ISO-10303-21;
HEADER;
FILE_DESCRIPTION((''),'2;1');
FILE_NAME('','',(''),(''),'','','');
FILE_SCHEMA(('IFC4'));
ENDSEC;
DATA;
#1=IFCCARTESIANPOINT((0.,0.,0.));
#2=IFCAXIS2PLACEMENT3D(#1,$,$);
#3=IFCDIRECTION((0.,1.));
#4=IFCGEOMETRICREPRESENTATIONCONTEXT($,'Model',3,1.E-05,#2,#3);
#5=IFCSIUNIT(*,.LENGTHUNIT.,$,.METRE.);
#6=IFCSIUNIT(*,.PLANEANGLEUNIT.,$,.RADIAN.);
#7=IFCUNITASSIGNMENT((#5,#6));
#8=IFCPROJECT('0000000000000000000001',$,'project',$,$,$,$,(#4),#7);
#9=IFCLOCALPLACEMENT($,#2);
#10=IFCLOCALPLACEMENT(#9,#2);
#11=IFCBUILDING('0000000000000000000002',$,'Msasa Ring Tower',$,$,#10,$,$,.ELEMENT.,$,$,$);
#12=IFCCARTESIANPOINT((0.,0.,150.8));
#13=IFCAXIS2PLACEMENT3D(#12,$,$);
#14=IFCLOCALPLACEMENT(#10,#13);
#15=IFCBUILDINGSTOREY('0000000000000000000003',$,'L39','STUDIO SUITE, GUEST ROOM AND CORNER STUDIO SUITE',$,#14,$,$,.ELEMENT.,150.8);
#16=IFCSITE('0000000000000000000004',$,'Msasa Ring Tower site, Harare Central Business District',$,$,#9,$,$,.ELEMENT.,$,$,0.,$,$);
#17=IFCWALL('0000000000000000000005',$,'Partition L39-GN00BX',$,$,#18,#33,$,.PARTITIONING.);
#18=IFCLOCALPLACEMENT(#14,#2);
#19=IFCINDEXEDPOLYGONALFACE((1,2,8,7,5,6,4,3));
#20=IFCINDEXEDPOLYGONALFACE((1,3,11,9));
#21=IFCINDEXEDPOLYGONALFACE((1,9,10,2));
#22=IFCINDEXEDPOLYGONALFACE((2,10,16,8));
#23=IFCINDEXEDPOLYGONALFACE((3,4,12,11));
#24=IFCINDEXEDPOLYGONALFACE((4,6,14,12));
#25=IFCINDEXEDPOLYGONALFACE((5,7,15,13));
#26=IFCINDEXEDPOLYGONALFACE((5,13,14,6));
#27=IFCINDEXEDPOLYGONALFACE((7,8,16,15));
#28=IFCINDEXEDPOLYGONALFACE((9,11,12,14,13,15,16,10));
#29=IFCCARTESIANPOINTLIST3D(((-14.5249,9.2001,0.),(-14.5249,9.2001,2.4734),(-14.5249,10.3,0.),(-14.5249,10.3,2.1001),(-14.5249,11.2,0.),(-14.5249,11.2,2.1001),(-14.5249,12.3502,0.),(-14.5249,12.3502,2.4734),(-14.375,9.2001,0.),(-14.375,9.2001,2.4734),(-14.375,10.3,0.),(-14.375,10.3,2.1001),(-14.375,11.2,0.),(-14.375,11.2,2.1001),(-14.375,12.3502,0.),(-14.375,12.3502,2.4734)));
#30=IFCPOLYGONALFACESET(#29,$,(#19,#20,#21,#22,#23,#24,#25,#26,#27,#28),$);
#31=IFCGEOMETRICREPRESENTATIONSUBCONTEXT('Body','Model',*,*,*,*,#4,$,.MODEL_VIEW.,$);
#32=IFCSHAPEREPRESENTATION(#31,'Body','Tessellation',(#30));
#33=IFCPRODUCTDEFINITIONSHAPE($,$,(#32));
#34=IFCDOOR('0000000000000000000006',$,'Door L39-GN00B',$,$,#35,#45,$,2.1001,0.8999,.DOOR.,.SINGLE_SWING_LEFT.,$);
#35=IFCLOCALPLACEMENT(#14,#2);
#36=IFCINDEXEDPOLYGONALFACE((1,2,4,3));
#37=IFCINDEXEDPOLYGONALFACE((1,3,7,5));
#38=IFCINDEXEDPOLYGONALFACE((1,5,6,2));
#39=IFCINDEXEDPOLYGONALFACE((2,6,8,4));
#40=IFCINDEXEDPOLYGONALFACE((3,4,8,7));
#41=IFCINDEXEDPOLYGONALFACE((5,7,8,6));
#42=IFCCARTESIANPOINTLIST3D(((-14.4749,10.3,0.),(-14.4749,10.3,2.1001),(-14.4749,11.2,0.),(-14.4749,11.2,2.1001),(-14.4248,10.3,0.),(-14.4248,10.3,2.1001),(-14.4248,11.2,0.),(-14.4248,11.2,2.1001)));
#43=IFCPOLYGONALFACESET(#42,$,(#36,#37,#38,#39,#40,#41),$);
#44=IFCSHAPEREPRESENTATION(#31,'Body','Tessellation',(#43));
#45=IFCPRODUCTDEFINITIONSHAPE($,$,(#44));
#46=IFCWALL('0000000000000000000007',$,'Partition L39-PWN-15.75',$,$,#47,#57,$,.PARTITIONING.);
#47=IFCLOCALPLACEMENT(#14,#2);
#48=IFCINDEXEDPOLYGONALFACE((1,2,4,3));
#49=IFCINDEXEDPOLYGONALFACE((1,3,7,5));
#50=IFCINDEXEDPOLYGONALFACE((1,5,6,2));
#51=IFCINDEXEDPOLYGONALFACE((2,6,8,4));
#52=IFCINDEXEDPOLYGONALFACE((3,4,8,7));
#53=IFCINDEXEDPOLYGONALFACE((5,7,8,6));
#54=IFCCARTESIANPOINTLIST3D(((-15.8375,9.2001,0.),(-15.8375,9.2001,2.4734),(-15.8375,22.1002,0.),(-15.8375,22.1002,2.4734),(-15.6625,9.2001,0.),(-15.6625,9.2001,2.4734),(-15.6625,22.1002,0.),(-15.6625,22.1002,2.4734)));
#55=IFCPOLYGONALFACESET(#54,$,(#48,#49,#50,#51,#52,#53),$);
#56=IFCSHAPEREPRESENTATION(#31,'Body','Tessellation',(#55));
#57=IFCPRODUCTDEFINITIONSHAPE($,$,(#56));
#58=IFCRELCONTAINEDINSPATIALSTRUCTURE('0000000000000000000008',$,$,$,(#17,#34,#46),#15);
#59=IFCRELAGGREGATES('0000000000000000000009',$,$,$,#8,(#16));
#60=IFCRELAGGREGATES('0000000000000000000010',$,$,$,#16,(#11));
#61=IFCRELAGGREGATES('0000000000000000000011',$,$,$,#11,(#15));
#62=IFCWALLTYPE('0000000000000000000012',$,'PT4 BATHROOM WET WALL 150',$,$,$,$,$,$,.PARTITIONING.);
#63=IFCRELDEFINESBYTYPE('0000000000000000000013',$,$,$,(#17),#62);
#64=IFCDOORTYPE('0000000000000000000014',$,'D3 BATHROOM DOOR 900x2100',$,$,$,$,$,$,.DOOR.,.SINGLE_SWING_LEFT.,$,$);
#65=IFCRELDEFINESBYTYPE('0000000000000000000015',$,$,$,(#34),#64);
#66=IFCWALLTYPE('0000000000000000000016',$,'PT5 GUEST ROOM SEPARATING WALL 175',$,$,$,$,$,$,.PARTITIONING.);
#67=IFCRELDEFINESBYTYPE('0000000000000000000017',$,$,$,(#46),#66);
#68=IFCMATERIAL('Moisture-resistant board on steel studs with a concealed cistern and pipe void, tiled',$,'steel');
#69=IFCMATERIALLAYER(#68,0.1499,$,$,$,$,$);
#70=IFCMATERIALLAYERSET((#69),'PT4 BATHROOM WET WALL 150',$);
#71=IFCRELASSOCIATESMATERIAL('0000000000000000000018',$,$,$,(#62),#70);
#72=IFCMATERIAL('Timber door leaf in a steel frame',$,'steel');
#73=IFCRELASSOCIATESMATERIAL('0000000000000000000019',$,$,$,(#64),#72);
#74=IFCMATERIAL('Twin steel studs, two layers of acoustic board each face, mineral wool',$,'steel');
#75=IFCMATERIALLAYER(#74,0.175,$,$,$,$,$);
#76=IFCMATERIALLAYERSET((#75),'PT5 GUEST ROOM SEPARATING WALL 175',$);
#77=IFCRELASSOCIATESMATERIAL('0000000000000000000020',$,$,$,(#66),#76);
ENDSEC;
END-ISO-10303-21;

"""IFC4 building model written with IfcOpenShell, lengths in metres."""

from ifc_helpers import new_model, si_unit, direction, frame, frame_2d, origin, place, context, subcontext, project, spatial, rectangle, extrude, material, layer, layer_set, type_object, element, fill, save


model = new_model("IFC4")

# Units and contexts
model_context = context("Model", 3, precision=1e-05, world=origin(), true_north=direction((0.0, 1.0)))
body_context = subcontext(model_context, "Body", "Model", "MODEL_VIEW")
ifc_project = project(units=[si_unit("LENGTHUNIT", "METRE"), si_unit("PLANEANGLEUNIT", "RADIAN")], contexts=[model_context])

# Site, building, storey
site_placement = place(None, origin())
site = spatial("IfcSite", under=ifc_project, at=site_placement, Name="Msasa Ring Tower site, Harare Central Business District", CompositionType="ELEMENT", RefElevation=0.0)
building_placement = place(site_placement, origin())
building = spatial("IfcBuilding", under=site, at=building_placement, Name="Msasa Ring Tower", CompositionType="ELEMENT")
storey_placement = place(building_placement, frame((0.0, 0.0, 150.8)))
storey = spatial("IfcBuildingStorey", under=building, at=storey_placement, Name="L39", Description="STUDIO SUITE, GUEST ROOM AND CORNER STUDIO SUITE", CompositionType="ELEMENT", Elevation=150.8)

# Wall, opening, door
ifc_material_1 = material(Name="Moisture-resistant board on steel studs with a concealed cistern and pipe void, tiled", Category="steel")
ifc_layer_1 = layer(ifc_material_1, 0.1499)
ifc_layer_set_1 = layer_set([ifc_layer_1], Name="PT4 BATHROOM WET WALL 150")
wall_type_1 = type_object("IfcWallType", Name="PT4 BATHROOM WET WALL 150", PredefinedType="PARTITIONING", material=ifc_layer_set_1)
wall_1_placement = place(storey_placement, frame((-14.45, 9.2, 0.0), z_axis=(0.0, 0.0, 1.0), x_axis=(0.0, 1.0, 0.0)))
wall_1 = element("IfcWall", 1, at=wall_1_placement, inside=storey, type_object=wall_type_1, Name="Partition L39-GN00BX", PredefinedType="PARTITIONING", context=body_context, shape_type="SweptSolid", body=[
    extrude(rectangle(XDim=3.1501, YDim=0.1499, at=frame_2d((1.5752, 0.0))), origin(), (0.0, 0.0, 1.0), 2.4734),
])
opening_1_placement = place(wall_1_placement, frame((1.1001, 0.0, 0.0)))
opening_1 = element("IfcOpeningElement", 2, at=opening_1_placement, cuts=wall_1, PredefinedType="OPENING", context=body_context, shape_type="SweptSolid", body=[
    extrude(rectangle(XDim=0.8999, YDim=2.1001, at=frame_2d((0.45, 1.05))), frame((0.0, 0.085, 0.0), z_axis=(0.0, -1.0, 0.0), x_axis=(1.0, 0.0, 0.0)), (0.0, 0.0, 1.0), 0.1699),
])
ifc_material_2 = material(Name="Timber door leaf in a steel frame", Category="steel")
door_type_1 = type_object("IfcDoorType", Name="D3 BATHROOM DOOR 900x2100", OperationType="SINGLE_SWING_LEFT", PredefinedType="DOOR", material=ifc_material_2)
door_1_placement = place(opening_1_placement, origin())
door_1 = element("IfcDoor", 3, at=door_1_placement, inside=storey, type_object=door_type_1, Name="Door L39-GN00B", OperationType="SINGLE_SWING_LEFT", OverallHeight=2.1001, OverallWidth=0.8999, PredefinedType="DOOR", context=body_context, shape_type="SweptSolid", body=[
    extrude(rectangle(XDim=0.8999, YDim=2.1001, at=frame_2d((0.45, 1.05))), frame((0.0, 0.0249, 0.0), z_axis=(0.0, -1.0, 0.0), x_axis=(1.0, 0.0, 0.0)), (0.0, 0.0, 1.0), 0.05),
])
fill(opening_1, door_1)

# Wall
ifc_material_3 = material(Name="Twin steel studs, two layers of acoustic board each face, mineral wool", Category="steel")
ifc_layer_2 = layer(ifc_material_3, 0.175)
ifc_layer_set_2 = layer_set([ifc_layer_2], Name="PT5 GUEST ROOM SEPARATING WALL 175")
wall_type_2 = type_object("IfcWallType", Name="PT5 GUEST ROOM SEPARATING WALL 175", PredefinedType="PARTITIONING", material=ifc_layer_set_2)
wall_2_placement = place(storey_placement, frame((-15.75, 9.2, 0.0), z_axis=(0.0, 0.0, 1.0), x_axis=(0.0, 1.0, 0.0)))
element("IfcWall", 4, at=wall_2_placement, inside=storey, type_object=wall_type_2, Name="Partition L39-PWN-15.75", PredefinedType="PARTITIONING", context=body_context, shape_type="SweptSolid", body=[
    extrude(rectangle(XDim=12.9001, YDim=0.175, at=frame_2d((6.4502, 0.0))), origin(), (0.0, 0.0, 1.0), 2.4734),
])

save(model, "model.ifc")
